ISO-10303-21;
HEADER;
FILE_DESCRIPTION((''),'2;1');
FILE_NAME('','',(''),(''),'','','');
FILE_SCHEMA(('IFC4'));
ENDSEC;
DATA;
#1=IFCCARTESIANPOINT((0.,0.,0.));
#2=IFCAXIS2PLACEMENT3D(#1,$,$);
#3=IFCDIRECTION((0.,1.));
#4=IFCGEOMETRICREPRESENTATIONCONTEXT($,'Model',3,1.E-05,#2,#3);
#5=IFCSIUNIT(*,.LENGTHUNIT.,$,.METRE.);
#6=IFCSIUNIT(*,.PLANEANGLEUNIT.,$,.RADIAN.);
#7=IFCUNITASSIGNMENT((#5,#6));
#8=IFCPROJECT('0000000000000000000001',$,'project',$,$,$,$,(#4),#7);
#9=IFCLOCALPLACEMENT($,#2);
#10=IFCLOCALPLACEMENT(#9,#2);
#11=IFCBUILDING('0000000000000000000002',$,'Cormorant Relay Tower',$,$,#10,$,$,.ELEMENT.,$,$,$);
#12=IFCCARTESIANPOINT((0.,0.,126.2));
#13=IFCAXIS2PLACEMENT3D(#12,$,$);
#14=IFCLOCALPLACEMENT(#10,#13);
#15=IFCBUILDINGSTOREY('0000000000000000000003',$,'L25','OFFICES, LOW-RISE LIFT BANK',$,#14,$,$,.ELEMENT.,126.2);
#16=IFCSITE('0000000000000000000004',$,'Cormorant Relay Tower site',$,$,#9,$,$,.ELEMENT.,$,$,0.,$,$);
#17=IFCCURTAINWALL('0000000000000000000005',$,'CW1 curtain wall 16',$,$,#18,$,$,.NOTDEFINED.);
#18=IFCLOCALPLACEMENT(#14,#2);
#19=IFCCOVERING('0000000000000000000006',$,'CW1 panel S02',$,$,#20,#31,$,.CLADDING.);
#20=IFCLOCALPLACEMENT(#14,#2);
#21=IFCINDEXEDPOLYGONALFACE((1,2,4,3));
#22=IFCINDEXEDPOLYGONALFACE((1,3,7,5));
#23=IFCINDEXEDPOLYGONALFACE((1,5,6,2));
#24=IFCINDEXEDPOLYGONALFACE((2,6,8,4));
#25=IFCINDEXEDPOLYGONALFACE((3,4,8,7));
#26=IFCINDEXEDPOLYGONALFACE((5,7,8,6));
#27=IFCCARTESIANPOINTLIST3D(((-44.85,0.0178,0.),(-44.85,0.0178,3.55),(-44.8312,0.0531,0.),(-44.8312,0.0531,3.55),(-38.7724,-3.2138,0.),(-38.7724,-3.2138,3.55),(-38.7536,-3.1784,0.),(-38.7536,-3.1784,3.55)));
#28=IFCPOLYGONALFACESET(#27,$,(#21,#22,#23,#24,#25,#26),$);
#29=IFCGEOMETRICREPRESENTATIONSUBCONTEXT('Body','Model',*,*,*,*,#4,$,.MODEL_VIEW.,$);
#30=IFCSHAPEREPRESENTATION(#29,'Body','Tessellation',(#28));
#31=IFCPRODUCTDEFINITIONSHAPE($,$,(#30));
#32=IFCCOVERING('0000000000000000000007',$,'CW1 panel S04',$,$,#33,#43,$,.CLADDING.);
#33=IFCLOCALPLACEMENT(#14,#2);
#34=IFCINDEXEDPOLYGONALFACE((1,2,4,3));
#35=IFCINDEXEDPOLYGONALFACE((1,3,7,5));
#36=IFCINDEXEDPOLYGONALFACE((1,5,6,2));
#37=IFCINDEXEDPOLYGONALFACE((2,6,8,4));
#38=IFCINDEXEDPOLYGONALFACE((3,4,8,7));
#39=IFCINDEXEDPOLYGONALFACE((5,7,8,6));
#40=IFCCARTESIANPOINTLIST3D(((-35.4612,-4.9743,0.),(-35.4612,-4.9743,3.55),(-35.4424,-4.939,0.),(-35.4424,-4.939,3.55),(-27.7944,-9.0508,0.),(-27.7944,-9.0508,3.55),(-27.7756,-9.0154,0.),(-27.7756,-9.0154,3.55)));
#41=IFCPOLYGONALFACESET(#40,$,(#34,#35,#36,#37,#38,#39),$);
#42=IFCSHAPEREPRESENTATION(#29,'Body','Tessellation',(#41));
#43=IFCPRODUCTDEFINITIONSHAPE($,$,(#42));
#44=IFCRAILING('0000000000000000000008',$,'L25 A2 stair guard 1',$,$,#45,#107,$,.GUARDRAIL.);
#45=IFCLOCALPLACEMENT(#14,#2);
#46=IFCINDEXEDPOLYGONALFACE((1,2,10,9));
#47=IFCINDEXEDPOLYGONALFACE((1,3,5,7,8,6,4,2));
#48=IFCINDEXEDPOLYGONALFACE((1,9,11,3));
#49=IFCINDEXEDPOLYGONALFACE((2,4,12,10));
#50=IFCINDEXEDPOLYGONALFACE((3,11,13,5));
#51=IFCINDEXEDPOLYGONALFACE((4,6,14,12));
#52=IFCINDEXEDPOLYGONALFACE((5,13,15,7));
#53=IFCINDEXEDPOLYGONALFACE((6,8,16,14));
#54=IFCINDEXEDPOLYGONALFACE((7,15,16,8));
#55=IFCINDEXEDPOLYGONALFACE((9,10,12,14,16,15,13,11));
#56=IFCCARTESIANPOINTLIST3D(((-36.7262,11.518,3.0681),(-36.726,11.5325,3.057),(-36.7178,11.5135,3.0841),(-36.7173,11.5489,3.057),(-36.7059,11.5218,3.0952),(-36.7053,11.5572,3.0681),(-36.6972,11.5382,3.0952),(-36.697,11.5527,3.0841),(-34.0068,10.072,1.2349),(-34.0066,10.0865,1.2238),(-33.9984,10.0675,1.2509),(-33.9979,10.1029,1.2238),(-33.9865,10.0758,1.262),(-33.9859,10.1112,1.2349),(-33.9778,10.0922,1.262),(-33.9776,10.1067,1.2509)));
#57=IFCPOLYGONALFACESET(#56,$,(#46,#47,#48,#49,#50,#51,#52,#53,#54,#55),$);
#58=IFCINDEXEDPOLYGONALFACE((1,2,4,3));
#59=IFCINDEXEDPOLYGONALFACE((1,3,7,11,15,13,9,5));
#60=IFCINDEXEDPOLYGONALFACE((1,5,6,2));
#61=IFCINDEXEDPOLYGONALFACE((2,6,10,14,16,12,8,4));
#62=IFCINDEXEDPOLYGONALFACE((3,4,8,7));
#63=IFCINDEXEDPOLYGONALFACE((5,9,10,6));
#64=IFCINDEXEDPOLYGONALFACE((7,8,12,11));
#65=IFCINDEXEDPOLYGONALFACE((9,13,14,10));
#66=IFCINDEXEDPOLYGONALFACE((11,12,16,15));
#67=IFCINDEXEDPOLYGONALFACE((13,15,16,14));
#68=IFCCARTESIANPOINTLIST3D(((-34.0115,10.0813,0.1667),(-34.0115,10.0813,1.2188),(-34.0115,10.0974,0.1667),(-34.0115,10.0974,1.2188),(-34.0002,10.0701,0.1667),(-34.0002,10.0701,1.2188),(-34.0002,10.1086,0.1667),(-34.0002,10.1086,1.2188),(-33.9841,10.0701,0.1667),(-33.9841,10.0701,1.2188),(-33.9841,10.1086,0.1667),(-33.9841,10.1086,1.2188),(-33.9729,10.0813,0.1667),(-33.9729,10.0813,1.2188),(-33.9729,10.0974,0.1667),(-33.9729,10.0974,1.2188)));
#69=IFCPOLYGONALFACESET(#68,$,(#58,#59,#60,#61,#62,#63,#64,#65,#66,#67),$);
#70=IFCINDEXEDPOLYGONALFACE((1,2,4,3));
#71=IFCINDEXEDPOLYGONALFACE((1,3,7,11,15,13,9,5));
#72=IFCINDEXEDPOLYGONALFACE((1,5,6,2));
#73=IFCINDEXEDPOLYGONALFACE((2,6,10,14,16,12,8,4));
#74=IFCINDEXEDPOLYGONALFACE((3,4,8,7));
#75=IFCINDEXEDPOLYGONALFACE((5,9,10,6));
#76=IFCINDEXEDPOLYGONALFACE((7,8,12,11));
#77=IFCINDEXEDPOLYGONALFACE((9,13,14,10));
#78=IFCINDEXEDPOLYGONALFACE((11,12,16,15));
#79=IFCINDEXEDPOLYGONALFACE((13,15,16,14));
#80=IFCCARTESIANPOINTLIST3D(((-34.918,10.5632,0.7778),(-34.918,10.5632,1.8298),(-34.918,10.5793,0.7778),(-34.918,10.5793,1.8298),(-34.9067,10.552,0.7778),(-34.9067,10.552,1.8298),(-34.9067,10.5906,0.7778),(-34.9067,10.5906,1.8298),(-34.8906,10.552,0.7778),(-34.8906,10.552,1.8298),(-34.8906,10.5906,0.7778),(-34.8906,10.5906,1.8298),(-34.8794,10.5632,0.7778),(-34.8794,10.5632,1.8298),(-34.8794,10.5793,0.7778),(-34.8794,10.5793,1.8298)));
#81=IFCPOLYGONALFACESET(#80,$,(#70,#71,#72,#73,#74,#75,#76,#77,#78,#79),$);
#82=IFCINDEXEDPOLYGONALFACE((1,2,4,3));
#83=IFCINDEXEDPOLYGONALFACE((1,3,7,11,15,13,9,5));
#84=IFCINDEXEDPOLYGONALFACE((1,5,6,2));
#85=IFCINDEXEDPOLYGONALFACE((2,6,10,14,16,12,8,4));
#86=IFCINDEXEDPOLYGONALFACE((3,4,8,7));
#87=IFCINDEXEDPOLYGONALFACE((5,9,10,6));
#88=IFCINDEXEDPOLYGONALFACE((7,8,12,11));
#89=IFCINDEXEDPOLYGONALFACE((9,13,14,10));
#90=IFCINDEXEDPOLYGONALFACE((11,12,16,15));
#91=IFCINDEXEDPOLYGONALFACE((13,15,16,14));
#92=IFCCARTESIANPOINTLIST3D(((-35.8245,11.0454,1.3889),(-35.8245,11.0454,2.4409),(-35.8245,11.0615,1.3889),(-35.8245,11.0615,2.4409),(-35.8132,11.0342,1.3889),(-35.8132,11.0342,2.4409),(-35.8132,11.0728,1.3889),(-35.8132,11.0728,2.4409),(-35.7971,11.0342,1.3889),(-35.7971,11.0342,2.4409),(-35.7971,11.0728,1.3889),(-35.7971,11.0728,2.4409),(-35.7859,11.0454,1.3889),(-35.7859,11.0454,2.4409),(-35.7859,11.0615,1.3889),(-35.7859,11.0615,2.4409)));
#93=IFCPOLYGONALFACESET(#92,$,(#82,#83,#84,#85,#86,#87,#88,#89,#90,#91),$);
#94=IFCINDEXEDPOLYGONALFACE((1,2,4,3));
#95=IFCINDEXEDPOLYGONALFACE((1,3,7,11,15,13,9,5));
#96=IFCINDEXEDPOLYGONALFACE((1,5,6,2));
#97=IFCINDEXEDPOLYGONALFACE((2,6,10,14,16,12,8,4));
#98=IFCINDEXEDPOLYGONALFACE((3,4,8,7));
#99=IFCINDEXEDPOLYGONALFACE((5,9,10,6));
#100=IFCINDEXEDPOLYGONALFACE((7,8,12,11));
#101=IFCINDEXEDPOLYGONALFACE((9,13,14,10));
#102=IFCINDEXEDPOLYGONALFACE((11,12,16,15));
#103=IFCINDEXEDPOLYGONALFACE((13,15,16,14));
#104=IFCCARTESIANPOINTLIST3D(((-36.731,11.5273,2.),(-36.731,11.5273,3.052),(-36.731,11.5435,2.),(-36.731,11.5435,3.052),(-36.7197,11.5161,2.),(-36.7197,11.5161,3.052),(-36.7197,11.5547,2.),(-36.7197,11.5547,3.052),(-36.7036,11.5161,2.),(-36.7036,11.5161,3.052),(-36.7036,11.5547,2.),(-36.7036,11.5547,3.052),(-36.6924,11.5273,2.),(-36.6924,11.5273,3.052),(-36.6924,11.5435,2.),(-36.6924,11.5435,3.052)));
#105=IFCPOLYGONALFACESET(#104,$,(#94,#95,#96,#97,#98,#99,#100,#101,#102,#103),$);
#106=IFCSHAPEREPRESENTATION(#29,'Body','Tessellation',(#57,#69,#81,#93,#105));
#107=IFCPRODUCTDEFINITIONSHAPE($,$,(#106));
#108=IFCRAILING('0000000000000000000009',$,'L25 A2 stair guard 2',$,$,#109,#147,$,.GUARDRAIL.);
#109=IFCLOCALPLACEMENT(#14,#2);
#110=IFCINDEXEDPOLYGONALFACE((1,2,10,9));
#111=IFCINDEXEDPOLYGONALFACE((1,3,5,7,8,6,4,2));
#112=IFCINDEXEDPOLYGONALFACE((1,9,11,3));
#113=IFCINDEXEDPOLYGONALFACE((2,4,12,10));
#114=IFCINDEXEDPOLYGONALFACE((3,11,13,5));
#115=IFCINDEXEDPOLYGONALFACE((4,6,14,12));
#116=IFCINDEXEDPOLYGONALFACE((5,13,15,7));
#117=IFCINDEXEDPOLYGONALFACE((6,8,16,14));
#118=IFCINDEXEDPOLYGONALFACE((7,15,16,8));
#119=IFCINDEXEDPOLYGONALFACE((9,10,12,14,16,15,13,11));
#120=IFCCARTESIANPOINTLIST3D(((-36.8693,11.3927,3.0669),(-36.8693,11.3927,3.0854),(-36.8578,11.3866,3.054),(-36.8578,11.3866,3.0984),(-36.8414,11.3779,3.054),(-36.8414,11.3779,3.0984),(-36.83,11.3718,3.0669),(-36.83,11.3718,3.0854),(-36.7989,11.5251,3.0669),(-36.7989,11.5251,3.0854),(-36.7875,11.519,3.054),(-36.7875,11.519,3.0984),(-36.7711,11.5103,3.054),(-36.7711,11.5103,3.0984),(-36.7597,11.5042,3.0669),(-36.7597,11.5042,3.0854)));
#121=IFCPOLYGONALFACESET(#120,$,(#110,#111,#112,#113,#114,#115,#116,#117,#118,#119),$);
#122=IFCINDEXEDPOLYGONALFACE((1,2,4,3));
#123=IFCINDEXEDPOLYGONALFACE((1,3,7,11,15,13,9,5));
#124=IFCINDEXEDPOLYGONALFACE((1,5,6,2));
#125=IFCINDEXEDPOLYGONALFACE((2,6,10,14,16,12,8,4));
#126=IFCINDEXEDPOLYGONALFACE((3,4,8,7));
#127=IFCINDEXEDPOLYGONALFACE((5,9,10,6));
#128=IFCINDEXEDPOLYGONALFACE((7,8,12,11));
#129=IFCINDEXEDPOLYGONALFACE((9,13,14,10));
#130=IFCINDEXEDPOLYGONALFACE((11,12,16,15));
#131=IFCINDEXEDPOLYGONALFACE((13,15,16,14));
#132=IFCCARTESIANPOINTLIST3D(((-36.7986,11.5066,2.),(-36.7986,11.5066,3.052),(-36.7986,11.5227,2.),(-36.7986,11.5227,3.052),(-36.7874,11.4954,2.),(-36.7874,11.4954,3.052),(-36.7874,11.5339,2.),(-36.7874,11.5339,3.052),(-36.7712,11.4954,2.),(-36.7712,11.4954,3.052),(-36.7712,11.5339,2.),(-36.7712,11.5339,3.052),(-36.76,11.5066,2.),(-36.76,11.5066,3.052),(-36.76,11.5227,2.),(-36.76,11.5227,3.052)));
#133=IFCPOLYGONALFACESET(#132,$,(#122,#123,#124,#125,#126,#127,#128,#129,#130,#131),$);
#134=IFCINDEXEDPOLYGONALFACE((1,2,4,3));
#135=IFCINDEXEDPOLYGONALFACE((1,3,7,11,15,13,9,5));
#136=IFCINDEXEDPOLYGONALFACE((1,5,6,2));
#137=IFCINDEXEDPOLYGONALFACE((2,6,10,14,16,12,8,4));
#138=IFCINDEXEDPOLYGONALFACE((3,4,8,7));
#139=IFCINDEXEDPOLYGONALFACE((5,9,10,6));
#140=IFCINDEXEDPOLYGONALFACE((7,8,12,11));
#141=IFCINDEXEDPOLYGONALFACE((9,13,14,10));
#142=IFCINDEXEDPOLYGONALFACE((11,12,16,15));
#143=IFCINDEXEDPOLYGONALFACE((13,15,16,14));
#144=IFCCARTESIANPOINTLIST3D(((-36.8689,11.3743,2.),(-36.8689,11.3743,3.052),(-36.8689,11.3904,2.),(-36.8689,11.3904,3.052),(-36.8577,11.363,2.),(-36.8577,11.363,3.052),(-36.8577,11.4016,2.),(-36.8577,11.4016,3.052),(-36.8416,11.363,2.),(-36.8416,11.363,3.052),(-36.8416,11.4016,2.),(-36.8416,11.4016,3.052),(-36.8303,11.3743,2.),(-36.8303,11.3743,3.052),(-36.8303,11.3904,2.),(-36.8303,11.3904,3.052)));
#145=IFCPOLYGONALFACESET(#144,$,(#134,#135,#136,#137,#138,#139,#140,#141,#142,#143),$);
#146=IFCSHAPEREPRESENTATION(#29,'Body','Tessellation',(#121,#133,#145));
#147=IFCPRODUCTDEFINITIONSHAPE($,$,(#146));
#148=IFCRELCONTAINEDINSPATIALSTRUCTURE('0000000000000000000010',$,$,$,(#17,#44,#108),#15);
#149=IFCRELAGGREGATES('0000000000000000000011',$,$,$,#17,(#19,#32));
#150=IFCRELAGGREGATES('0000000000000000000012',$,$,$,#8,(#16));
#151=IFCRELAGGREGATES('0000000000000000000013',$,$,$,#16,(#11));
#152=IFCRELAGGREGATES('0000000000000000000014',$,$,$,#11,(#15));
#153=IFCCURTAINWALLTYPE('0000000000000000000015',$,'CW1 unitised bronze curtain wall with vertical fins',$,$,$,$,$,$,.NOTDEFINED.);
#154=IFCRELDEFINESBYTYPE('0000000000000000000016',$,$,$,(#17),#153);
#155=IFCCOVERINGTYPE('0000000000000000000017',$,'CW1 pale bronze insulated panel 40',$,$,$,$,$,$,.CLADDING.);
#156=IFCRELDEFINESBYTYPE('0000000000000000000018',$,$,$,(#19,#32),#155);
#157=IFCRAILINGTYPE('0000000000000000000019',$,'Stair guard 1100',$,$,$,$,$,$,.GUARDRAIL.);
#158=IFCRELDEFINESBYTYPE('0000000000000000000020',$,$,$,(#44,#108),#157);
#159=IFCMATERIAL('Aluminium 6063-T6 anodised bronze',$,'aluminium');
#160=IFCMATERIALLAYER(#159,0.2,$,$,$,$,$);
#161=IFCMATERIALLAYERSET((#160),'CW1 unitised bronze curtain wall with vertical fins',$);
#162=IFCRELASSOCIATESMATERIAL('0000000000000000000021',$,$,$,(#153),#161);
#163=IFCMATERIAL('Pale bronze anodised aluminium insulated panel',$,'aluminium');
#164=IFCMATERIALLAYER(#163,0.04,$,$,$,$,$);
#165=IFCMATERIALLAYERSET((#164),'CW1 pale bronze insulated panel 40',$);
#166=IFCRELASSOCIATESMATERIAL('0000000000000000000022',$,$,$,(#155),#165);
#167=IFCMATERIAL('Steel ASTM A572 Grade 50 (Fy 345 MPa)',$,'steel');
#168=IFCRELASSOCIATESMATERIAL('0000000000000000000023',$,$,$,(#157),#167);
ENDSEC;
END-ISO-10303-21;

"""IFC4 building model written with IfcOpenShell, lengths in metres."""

from ifc_helpers import new_model, si_unit, direction, frame, origin, origin_2d, place, context, subcontext, project, spatial, polyline, rectangle, outline, extrude, material, layer, layer_set, type_object, element, aggregate, save


model = new_model("IFC4")

# Units and contexts
model_context = context("Model", 3, precision=1e-05, world=origin(), true_north=direction((0.0, 1.0)))
body_context = subcontext(model_context, "Body", "Model", "MODEL_VIEW")
ifc_project = project(units=[si_unit("LENGTHUNIT", "METRE"), si_unit("PLANEANGLEUNIT", "RADIAN")], contexts=[model_context])

# Site, building, storey
site_placement = place(None, origin())
site = spatial("IfcSite", under=ifc_project, at=site_placement, Name="Cormorant Relay Tower site", CompositionType="ELEMENT", RefElevation=0.0)
building_placement = place(site_placement, origin())
building = spatial("IfcBuilding", under=site, at=building_placement, Name="Cormorant Relay Tower", CompositionType="ELEMENT")
storey_placement = place(building_placement, frame((0.0, 0.0, 126.2)))
storey = spatial("IfcBuildingStorey", under=building, at=storey_placement, Name="L25", Description="OFFICES, LOW-RISE LIFT BANK", CompositionType="ELEMENT", Elevation=126.2)

# Curtain wall
ifc_material_1 = material(Name="Aluminium 6063-T6 anodised bronze", Category="aluminium")
ifc_layer_1 = layer(ifc_material_1, 0.2)
ifc_layer_set_1 = layer_set([ifc_layer_1], Name="CW1 unitised bronze curtain wall with vertical fins")
curtain_wall_type = type_object("IfcCurtainWallType", Name="CW1 unitised bronze curtain wall with vertical fins", PredefinedType="NOTDEFINED", material=ifc_layer_set_1)
curtain_wall_placement = place(storey_placement, origin())
curtain_wall = element("IfcCurtainWall", 1, at=curtain_wall_placement, inside=storey, type_object=curtain_wall_type, Name="CW1 curtain wall 16", PredefinedType="NOTDEFINED")

# Coverings
ifc_material_2 = material(Name="Pale bronze anodised aluminium insulated panel", Category="aluminium")
ifc_layer_2 = layer(ifc_material_2, 0.04)
ifc_layer_set_2 = layer_set([ifc_layer_2], Name="CW1 pale bronze insulated panel 40")
covering_type = type_object("IfcCoveringType", Name="CW1 pale bronze insulated panel 40", PredefinedType="CLADDING", material=ifc_layer_set_2)
covering_1_placement = place(storey_placement, frame((-41.8018, -1.5803, 0.0), z_axis=(0.0, 0.0, 1.0), x_axis=(0.882948, -0.469472, 0.0)))
covering_1 = element("IfcCovering", 2, at=covering_1_placement, type_object=covering_type, Name="CW1 panel S02", PredefinedType="CLADDING", context=body_context, shape_type="SweptSolid", body=[
    extrude(rectangle(XDim=6.8833, YDim=0.04, at=origin_2d()), origin(), (0.0, 0.0, 1.0), 3.55),
])
covering_2_placement = place(storey_placement, frame((-31.6184, -6.9949, 0.0), z_axis=(0.0, 0.0, 1.0), x_axis=(0.882948, -0.469472, 0.0)))
covering_2 = element("IfcCovering", 3, at=covering_2_placement, type_object=covering_type, Name="CW1 panel S04", PredefinedType="CLADDING", context=body_context, shape_type="SweptSolid", body=[
    extrude(rectangle(XDim=8.6831, YDim=0.04, at=origin_2d()), origin(), (0.0, 0.0, 1.0), 3.55),
])
aggregate(curtain_wall, [covering_1, covering_2])

# Railings
ifc_material_3 = material(Name="Steel ASTM A572 Grade 50 (Fy 345 MPa)", Category="steel")
railing_type_1 = type_object("IfcRailingType", Name="Stair guard 1100", PredefinedType="GUARDRAIL", material=ifc_material_3)
railing_1_placement = place(storey_placement, frame((-33.9922, 10.0894, 0.1667)))
element("IfcRailing", 4, at=railing_1_placement, inside=storey, type_object=railing_type_1, Name="L25 A2 stair guard 1", PredefinedType="GUARDRAIL", context=body_context, shape_type="SweptSolid", body=[
    extrude(outline(polyline([(0.0222, 0.0093), (0.0093, 0.0222), (-0.0093, 0.0222), (-0.0222, 0.0093), (-0.0222, -0.0093), (-0.0093, -0.0222), (0.0093, -0.0222), (0.0222, -0.0093), (0.0222, 0.0093)])), frame((0.0, 0.0, 1.0762), z_axis=(-0.758714, 0.403435, 0.511463), x_axis=(-0.469489, -0.882938, 0.0)), (0.0, 0.0, 1.0), 3.5842),
    extrude(outline(polyline([(0.0193, 0.0081), (0.0081, 0.0193), (-0.0081, 0.0193), (-0.0193, 0.0081), (-0.0193, -0.0081), (-0.0081, -0.0193), (0.0081, -0.0193), (0.0193, -0.0081), (0.0193, 0.0081)])), origin(), (0.0, 0.0, 1.0), 1.052),
    extrude(outline(polyline([(0.0193, 0.0081), (0.0081, 0.0193), (-0.0081, 0.0193), (-0.0193, 0.0081), (-0.0193, -0.0081), (-0.0081, -0.0193), (0.0081, -0.0193), (0.0193, -0.0081), (0.0193, 0.0081)])), frame((-0.9065, 0.4819, 0.6111)), (0.0, 0.0, 1.0), 1.052),
    extrude(outline(polyline([(0.0193, 0.0081), (0.0081, 0.0193), (-0.0081, 0.0193), (-0.0193, 0.0081), (-0.0193, -0.0081), (-0.0081, -0.0193), (0.0081, -0.0193), (0.0193, -0.0081), (0.0193, 0.0081)])), frame((-1.813, 0.9641, 1.2222)), (0.0, 0.0, 1.0), 1.052),
    extrude(outline(polyline([(0.0193, 0.0081), (0.0081, 0.0193), (-0.0081, 0.0193), (-0.0193, 0.0081), (-0.0193, -0.0081), (-0.0081, -0.0193), (0.0081, -0.0193), (0.0193, -0.0081), (0.0193, 0.0081)])), frame((-2.7195, 1.446, 1.8333)), (0.0, 0.0, 1.0), 1.052),
])
railing_2_placement = place(storey_placement, frame((-36.7793, 11.5146, 2.0)))
element("IfcRailing", 5, at=railing_2_placement, inside=storey, type_object=railing_type_1, Name="L25 A2 stair guard 2", PredefinedType="GUARDRAIL", context=body_context, shape_type="SweptSolid", body=[
    extrude(outline(polyline([(0.0222, 0.0093), (0.0093, 0.0222), (-0.0093, 0.0222), (-0.0222, 0.0093), (-0.0222, -0.0093), (-0.0093, -0.0222), (0.0093, -0.0222), (0.0222, -0.0093), (0.0222, 0.0093)])), frame((0.0, 0.0, 1.0762), z_axis=(-0.469235, -0.883074, 0.0), x_axis=(0.883074, -0.469235, 0.0)), (0.0, 0.0, 1.0), 0.1499),
    extrude(outline(polyline([(0.0193, 0.0081), (0.0081, 0.0193), (-0.0081, 0.0193), (-0.0193, 0.0081), (-0.0193, -0.0081), (-0.0081, -0.0193), (0.0081, -0.0193), (0.0193, -0.0081), (0.0193, 0.0081)])), origin(), (0.0, 0.0, 1.0), 1.052),
    extrude(outline(polyline([(0.0193, 0.0081), (0.0081, 0.0193), (-0.0081, 0.0193), (-0.0193, 0.0081), (-0.0193, -0.0081), (-0.0081, -0.0193), (0.0081, -0.0193), (0.0193, -0.0081), (0.0193, 0.0081)])), frame((-0.0703, -0.1323, 0.0)), (0.0, 0.0, 1.0), 1.052),
])

save(model, "model.ifc")
